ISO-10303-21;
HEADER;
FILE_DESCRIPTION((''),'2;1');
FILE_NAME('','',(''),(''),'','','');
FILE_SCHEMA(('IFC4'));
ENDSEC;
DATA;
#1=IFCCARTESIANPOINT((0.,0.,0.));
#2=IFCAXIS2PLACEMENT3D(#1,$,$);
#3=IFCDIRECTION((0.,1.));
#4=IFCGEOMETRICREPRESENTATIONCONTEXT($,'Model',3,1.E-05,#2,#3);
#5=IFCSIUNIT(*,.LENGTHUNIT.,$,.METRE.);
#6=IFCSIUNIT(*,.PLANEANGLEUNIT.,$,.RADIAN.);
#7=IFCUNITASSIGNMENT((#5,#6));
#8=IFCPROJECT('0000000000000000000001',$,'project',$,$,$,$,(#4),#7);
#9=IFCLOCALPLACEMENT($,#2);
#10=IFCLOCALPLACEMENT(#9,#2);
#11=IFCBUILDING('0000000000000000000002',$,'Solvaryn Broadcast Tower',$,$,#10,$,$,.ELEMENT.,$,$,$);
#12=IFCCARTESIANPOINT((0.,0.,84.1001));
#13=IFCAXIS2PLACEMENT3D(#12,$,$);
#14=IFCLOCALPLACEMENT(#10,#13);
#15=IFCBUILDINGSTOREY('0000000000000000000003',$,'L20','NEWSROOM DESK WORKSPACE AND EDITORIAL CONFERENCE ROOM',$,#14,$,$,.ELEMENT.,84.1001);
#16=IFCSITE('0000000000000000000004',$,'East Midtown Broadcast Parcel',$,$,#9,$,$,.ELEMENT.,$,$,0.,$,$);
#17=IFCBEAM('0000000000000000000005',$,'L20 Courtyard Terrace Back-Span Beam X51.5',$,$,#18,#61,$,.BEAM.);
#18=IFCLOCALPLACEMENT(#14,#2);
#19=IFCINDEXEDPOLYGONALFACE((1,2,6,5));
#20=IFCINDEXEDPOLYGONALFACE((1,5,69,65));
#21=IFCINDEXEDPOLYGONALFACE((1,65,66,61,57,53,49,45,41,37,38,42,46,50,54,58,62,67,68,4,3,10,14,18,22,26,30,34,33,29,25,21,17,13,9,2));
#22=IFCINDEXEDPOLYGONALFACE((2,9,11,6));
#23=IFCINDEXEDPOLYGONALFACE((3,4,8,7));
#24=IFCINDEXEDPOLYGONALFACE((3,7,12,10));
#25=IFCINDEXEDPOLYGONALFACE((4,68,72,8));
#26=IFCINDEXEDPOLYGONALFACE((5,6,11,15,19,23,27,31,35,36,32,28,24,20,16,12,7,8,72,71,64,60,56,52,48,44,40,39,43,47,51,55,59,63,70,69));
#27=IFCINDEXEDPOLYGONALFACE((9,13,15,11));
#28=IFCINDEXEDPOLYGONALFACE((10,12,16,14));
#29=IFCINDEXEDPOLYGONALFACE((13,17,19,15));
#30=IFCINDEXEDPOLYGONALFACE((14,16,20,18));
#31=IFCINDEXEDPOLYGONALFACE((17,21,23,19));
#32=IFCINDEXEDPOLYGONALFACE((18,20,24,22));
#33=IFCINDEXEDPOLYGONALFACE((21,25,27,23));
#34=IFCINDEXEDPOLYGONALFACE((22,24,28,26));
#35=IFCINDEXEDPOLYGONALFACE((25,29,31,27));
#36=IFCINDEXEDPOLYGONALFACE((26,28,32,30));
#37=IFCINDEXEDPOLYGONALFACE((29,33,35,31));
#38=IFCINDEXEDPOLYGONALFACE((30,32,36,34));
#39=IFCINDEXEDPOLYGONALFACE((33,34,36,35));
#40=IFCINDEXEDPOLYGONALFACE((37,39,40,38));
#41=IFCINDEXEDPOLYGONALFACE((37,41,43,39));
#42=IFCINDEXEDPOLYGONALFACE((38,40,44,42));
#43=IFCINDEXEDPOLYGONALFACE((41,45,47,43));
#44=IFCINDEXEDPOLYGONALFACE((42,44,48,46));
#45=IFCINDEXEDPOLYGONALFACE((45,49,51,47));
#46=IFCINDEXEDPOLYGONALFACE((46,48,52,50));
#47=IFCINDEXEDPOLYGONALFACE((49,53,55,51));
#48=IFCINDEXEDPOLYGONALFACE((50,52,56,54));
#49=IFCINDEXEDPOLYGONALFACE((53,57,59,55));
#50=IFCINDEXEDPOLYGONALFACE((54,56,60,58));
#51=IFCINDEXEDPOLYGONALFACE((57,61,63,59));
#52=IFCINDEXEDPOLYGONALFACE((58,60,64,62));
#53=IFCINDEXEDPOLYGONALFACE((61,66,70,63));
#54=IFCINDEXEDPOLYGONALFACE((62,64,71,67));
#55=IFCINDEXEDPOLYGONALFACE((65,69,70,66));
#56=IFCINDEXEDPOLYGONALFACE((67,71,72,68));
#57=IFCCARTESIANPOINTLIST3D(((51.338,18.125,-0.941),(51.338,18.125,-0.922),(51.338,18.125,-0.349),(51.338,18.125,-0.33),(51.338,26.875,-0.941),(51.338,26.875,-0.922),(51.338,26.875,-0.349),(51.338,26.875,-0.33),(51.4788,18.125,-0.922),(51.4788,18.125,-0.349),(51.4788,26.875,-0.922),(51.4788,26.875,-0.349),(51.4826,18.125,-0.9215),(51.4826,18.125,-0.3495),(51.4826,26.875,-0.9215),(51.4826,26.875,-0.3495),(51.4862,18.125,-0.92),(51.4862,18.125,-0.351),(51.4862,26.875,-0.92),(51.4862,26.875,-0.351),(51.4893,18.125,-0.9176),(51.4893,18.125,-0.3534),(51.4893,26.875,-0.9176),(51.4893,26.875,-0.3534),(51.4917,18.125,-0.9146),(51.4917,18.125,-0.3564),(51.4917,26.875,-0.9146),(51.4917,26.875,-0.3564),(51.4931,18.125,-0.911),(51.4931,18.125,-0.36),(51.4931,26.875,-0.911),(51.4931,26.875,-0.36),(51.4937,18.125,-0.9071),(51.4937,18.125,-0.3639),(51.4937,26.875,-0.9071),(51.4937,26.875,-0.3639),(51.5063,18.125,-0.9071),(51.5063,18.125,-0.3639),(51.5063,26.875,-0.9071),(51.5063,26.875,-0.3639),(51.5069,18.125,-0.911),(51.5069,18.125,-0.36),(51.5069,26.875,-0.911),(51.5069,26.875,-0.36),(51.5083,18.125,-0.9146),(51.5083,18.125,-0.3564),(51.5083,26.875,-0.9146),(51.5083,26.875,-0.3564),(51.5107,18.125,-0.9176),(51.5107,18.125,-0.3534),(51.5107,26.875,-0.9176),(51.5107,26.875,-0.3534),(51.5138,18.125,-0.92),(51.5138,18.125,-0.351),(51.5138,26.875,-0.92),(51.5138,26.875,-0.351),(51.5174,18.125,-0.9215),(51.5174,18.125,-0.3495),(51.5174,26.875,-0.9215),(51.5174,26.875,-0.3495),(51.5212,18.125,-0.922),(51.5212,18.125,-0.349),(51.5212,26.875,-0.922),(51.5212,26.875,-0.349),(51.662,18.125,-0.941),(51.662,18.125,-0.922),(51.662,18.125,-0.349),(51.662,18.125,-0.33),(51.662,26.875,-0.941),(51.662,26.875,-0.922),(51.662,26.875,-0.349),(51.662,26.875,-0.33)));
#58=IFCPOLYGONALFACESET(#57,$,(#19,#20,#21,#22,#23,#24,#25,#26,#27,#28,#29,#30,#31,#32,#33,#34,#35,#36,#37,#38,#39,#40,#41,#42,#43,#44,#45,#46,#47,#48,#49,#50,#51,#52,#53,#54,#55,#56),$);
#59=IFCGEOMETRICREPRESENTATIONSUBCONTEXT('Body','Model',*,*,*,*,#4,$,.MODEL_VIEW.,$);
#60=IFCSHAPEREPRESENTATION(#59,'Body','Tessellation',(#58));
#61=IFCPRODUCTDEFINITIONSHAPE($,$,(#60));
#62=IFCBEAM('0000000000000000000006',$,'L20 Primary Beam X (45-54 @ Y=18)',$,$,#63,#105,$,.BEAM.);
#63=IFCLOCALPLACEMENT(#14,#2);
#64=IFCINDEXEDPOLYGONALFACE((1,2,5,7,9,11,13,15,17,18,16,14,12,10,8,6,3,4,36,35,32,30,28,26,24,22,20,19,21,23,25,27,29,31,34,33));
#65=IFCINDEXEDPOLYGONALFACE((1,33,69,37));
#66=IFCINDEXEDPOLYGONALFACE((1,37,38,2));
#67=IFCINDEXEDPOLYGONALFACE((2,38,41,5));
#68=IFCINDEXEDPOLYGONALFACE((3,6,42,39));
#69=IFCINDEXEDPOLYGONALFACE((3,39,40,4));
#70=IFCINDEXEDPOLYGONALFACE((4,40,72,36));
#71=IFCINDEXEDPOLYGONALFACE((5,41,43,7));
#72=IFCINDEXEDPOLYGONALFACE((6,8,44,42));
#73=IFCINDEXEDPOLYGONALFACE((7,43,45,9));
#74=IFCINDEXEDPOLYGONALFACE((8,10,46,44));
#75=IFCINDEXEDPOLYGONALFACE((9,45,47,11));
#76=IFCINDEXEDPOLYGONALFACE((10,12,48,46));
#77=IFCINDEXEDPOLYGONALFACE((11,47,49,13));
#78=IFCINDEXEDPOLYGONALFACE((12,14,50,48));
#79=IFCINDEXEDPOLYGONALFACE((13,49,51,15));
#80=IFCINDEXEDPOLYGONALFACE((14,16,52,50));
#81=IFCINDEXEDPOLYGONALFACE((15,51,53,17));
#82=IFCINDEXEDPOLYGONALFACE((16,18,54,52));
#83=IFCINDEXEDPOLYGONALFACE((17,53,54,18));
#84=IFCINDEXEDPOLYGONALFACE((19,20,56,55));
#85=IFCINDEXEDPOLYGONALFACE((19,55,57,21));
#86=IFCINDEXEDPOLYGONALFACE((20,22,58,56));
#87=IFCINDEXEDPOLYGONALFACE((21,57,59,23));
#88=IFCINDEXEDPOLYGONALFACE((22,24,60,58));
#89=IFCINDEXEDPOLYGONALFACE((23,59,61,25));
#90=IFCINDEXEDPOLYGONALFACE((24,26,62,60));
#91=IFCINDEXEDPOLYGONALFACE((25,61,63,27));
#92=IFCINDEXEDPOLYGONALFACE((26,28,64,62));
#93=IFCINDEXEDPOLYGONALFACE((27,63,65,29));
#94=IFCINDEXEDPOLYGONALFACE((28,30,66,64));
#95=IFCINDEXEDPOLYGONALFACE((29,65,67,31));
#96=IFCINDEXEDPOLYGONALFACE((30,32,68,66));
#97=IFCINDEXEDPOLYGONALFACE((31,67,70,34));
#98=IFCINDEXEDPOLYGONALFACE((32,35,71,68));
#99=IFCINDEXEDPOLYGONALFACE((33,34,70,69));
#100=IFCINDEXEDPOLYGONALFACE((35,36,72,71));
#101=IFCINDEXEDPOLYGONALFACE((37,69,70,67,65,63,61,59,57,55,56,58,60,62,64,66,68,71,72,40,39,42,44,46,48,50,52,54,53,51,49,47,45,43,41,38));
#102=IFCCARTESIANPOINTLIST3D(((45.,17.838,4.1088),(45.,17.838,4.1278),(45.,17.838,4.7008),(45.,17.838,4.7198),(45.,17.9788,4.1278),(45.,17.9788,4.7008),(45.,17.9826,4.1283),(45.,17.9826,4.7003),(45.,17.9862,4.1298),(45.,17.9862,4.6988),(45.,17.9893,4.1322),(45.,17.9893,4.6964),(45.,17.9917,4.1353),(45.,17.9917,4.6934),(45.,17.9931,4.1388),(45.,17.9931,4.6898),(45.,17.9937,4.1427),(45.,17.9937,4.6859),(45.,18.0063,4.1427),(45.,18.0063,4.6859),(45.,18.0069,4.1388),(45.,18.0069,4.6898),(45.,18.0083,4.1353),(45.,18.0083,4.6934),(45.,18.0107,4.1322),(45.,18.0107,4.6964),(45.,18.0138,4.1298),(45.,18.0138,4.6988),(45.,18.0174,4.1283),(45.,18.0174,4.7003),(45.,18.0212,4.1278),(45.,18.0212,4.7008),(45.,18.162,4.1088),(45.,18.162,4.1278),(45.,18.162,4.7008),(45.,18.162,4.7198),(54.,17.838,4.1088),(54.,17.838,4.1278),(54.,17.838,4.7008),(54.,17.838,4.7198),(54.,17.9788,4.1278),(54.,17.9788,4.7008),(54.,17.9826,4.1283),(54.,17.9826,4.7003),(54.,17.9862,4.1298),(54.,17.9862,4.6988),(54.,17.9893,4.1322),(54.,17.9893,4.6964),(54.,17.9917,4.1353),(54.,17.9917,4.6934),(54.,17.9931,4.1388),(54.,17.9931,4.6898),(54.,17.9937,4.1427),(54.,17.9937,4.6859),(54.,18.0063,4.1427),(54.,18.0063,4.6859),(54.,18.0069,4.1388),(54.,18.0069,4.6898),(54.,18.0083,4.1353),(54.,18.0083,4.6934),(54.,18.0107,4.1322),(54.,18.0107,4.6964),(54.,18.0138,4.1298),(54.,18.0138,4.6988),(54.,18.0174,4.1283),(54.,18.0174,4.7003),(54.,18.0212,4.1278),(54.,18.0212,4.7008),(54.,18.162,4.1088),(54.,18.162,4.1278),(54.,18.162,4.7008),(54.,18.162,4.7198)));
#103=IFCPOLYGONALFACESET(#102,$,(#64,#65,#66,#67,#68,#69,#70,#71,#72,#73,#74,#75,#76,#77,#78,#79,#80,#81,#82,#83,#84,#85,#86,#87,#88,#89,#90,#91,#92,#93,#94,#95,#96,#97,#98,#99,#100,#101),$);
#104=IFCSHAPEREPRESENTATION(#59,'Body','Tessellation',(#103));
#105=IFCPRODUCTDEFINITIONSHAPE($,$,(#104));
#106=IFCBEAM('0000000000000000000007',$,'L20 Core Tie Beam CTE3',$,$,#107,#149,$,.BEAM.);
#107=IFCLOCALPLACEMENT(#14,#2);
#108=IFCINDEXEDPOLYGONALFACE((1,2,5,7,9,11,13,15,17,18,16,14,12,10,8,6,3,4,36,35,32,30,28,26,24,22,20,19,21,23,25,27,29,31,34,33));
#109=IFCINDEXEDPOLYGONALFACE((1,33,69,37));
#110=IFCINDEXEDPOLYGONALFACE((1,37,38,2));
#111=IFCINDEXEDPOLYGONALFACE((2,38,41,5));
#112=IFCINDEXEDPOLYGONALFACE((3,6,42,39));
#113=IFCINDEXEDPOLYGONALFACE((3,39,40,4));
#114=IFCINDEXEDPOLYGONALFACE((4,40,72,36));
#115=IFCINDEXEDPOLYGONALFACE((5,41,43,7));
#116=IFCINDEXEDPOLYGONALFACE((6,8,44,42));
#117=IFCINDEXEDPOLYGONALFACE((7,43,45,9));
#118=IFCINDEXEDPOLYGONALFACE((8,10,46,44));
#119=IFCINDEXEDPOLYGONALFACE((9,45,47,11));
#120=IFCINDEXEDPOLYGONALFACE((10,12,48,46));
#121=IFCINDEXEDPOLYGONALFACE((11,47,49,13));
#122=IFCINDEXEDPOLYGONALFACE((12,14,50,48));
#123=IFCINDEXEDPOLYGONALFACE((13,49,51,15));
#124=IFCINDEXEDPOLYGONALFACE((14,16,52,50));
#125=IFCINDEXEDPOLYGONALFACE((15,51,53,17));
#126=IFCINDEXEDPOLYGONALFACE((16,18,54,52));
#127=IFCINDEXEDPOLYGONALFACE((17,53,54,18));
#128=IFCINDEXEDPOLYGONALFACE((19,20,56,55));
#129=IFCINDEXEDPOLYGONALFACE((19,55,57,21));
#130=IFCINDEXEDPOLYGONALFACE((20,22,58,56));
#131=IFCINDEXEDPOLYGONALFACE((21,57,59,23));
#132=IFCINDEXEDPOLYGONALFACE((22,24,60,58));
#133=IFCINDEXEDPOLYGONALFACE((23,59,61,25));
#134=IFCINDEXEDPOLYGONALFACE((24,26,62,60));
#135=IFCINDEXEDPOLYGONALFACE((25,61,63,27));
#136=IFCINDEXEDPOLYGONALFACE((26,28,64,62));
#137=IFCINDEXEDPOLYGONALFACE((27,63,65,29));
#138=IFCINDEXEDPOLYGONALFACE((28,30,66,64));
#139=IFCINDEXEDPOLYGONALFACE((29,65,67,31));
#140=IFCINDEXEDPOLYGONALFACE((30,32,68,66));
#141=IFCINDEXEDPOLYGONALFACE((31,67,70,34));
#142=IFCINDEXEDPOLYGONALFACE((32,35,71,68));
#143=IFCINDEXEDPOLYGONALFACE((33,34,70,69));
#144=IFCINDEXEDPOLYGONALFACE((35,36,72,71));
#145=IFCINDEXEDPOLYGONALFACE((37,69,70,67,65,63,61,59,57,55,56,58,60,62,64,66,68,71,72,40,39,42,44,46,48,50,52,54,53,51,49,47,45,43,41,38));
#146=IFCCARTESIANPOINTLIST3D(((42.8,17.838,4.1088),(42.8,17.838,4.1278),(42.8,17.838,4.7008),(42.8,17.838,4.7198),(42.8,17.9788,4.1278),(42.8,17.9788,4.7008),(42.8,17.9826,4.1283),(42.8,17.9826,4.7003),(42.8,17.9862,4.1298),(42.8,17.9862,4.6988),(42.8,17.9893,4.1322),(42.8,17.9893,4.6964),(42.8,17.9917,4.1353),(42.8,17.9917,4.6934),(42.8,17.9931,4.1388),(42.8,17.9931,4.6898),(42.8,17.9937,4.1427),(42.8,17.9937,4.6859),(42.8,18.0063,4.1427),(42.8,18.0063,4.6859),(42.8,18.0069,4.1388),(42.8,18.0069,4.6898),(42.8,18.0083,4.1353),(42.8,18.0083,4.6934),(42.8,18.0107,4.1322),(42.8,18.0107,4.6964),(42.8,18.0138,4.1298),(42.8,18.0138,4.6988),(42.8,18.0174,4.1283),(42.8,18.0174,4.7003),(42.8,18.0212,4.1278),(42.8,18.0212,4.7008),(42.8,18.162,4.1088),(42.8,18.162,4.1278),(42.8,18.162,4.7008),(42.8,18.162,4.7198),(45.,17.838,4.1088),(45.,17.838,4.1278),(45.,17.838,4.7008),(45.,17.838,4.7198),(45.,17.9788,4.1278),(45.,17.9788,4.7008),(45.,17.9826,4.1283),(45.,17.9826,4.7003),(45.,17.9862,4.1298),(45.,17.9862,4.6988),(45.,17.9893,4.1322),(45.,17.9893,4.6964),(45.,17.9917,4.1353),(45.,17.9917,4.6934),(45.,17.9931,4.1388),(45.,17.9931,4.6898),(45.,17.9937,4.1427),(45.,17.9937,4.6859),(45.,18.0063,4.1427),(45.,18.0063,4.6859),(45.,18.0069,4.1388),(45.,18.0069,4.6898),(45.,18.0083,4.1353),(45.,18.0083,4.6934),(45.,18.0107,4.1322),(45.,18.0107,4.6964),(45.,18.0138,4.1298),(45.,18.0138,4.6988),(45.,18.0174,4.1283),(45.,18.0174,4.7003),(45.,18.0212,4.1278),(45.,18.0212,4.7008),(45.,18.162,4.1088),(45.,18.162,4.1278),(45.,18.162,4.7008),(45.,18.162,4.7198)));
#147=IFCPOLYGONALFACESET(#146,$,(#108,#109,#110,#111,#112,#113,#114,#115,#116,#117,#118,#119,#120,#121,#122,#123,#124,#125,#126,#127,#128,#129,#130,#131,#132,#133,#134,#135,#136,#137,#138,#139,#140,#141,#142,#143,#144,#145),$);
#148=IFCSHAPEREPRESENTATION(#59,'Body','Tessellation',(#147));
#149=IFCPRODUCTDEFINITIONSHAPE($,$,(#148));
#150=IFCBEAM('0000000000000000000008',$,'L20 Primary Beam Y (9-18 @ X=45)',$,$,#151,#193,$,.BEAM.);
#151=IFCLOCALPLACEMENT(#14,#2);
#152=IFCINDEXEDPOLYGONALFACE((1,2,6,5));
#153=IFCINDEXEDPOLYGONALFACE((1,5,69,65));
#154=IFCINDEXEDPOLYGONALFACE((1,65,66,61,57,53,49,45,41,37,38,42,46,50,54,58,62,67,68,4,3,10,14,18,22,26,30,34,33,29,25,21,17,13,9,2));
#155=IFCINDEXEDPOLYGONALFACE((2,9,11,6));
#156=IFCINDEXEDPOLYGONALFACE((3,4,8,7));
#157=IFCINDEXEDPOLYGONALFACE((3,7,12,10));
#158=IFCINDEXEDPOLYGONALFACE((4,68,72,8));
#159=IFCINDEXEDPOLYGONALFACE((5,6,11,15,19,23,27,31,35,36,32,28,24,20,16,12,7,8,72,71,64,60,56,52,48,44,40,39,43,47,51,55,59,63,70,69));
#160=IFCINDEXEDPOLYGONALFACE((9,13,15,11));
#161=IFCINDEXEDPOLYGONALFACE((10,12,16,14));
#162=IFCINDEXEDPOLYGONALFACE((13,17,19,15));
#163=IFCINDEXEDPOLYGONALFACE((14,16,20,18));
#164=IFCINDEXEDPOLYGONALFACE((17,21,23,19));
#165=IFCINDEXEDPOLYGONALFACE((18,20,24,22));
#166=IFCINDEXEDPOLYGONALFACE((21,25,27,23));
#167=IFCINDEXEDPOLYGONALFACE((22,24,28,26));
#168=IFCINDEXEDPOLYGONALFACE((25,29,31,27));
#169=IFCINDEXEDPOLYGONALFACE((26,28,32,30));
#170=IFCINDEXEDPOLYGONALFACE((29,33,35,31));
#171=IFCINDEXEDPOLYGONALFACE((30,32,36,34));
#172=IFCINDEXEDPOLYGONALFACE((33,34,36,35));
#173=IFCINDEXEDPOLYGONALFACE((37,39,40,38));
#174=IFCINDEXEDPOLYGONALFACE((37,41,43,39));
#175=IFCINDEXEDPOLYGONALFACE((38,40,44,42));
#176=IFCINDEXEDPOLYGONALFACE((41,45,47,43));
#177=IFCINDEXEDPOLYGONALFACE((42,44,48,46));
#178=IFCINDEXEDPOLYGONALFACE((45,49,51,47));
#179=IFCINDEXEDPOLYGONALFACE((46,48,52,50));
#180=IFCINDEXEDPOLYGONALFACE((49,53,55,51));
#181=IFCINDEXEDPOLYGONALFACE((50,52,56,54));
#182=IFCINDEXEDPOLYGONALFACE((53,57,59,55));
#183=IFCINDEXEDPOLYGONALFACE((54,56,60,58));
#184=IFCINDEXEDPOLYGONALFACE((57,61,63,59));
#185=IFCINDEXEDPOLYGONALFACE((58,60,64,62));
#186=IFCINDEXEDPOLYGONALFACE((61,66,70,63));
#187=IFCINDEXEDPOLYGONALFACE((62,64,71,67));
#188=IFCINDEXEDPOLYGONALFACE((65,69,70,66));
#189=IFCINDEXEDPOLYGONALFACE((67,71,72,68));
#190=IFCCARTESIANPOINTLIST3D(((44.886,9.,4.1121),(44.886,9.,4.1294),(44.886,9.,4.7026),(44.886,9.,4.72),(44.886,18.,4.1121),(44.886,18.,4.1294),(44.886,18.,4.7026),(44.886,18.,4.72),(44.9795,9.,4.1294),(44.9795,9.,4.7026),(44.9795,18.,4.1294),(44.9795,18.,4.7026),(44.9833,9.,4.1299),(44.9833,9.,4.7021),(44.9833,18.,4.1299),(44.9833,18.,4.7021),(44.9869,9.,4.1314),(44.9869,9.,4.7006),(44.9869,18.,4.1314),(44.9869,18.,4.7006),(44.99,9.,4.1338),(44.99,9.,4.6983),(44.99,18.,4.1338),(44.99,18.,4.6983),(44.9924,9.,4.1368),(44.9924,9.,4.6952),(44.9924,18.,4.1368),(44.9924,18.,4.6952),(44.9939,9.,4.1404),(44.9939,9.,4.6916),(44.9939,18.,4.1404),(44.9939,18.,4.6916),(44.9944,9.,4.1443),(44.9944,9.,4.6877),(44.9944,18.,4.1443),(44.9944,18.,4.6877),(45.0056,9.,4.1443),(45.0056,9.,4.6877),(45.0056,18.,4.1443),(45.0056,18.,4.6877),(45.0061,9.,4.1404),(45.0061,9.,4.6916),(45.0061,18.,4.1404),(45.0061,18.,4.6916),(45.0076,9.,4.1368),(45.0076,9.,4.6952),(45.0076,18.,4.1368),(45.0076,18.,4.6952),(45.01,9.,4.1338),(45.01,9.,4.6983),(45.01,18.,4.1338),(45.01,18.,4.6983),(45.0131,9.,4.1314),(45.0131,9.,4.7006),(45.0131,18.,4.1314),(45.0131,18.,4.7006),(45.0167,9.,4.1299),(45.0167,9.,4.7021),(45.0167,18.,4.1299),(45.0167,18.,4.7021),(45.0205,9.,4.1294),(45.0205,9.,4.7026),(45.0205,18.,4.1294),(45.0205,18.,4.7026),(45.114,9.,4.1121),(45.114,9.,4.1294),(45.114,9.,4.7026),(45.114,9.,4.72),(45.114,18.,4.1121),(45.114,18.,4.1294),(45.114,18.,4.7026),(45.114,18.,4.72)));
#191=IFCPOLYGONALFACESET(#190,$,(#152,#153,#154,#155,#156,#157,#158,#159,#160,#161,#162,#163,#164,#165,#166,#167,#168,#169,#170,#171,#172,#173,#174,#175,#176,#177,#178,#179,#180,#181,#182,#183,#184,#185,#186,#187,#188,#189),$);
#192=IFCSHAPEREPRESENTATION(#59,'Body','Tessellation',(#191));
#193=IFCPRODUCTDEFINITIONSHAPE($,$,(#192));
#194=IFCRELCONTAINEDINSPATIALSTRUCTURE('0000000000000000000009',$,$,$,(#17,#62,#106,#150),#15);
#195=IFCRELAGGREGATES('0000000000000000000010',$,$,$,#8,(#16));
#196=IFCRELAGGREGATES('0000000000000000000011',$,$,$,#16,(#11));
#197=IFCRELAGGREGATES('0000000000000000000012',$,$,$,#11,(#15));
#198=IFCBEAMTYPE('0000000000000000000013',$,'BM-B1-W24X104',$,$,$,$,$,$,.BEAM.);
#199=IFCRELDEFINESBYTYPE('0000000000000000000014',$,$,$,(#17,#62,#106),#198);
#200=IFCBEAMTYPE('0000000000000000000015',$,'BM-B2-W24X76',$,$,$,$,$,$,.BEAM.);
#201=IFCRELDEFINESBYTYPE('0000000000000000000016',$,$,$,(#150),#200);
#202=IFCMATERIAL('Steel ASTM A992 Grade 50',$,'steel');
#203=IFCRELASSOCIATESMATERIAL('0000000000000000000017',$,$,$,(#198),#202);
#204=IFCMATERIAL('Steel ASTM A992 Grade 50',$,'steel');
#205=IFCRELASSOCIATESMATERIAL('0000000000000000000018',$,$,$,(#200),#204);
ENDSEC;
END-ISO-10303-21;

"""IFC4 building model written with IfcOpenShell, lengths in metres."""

from ifc_helpers import new_model, si_unit, direction, frame, origin, origin_2d, place, context, subcontext, project, spatial, i_section, extrude, material, material_profile, profile_set, type_object, element, save


model = new_model("IFC4")

# Units and contexts
model_context = context("Model", 3, precision=1e-05, world=origin(), true_north=direction((0.0, 1.0)))
body_context = subcontext(model_context, "Body", "Model", "MODEL_VIEW")
ifc_project = project(units=[si_unit("LENGTHUNIT", "METRE"), si_unit("PLANEANGLEUNIT", "RADIAN")], contexts=[model_context])

# Site, building, storey
site_placement = place(None, origin())
site = spatial("IfcSite", under=ifc_project, at=site_placement, Name="East Midtown Broadcast Parcel", CompositionType="ELEMENT", RefElevation=0.0)
building_placement = place(site_placement, origin())
building = spatial("IfcBuilding", under=site, at=building_placement, Name="Solvaryn Broadcast Tower", CompositionType="ELEMENT")
storey_placement = place(building_placement, frame((0.0, 0.0, 84.1001)))
storey = spatial("IfcBuildingStorey", under=building, at=storey_placement, Name="L20", Description="NEWSROOM DESK WORKSPACE AND EDITORIAL CONFERENCE ROOM", CompositionType="ELEMENT", Elevation=84.1001)

# Beams
ifc_material_1 = material(Name="Steel ASTM A992 Grade 50", Category="steel")
ifc_material_profile_1 = material_profile(ifc_material_1, i_section(OverallWidth=0.324, OverallDepth=0.6111, WebThickness=0.0127, FlangeThickness=0.019, FilletRadius=0.0149, at=origin_2d()))
ifc_profile_set_1 = profile_set([ifc_material_profile_1], Name="Steel ASTM A992 Grade 50")
beam_type_1 = type_object("IfcBeamType", Name="BM-B1-W24X104", PredefinedType="BEAM", material=ifc_profile_set_1)
for number, where, z_axis, x_axis, name in (
    (1, (51.5, 18.125, -0.6355), (0.0, 1.0, 0.0), (-1.0, 0.0, 0.0), "L20 Courtyard Terrace Back-Span Beam X51.5"),
):
    element("IfcBeam", number, at=place(storey_placement, frame(where, z_axis=z_axis, x_axis=x_axis)), inside=storey, type_object=beam_type_1, Name=name, PredefinedType="BEAM", context=body_context, shape_type="SweptSolid", body=[
        extrude(i_section(OverallWidth=0.324, OverallDepth=0.6111, WebThickness=0.0127, FlangeThickness=0.019, FilletRadius=0.0149, at=origin_2d()), origin(), (0.0, 0.0, 1.0), 8.75),
    ])
beam_1_placement = place(storey_placement, frame((45.0, 18.0, 4.4143), z_axis=(1.0, 0.0, 0.0), x_axis=(0.0, 1.0, 0.0)))
element("IfcBeam", 2, at=beam_1_placement, inside=storey, type_object=beam_type_1, Name="L20 Primary Beam X (45-54 @ Y=18)", PredefinedType="BEAM", context=body_context, shape_type="SweptSolid", body=[
    extrude(i_section(OverallWidth=0.324, OverallDepth=0.6111, WebThickness=0.0127, FlangeThickness=0.019, FilletRadius=0.0149, at=origin_2d()), origin(), (0.0, 0.0, 1.0), 9.0),
])
beam_2_placement = place(storey_placement, frame((42.8, 18.0, 4.4143), z_axis=(1.0, 0.0, 0.0), x_axis=(0.0, 1.0, 0.0)))
element("IfcBeam", 3, at=beam_2_placement, inside=storey, type_object=beam_type_1, Name="L20 Core Tie Beam CTE3", PredefinedType="BEAM", context=body_context, shape_type="SweptSolid", body=[
    extrude(i_section(OverallWidth=0.324, OverallDepth=0.6111, WebThickness=0.0127, FlangeThickness=0.019, FilletRadius=0.0149, at=origin_2d()), origin(), (0.0, 0.0, 1.0), 2.2),
])
ifc_material_2 = material(Name="Steel ASTM A992 Grade 50", Category="steel")
ifc_material_profile_2 = material_profile(ifc_material_2, i_section(OverallWidth=0.228, OverallDepth=0.6079, WebThickness=0.0112, FlangeThickness=0.0173, FilletRadius=0.0149, at=origin_2d()))
ifc_profile_set_2 = profile_set([ifc_material_profile_2], Name="Steel ASTM A992 Grade 50")
beam_type_2 = type_object("IfcBeamType", Name="BM-B2-W24X76", PredefinedType="BEAM", material=ifc_profile_set_2)
for number, where, z_axis, x_axis, name in (
    (4, (45.0, 9.0, 4.416), (0.0, 1.0, 0.0), (-1.0, 0.0, 0.0), "L20 Primary Beam Y (9-18 @ X=45)"),
):
    element("IfcBeam", number, at=place(storey_placement, frame(where, z_axis=z_axis, x_axis=x_axis)), inside=storey, type_object=beam_type_2, Name=name, PredefinedType="BEAM", context=body_context, shape_type="SweptSolid", body=[
        extrude(i_section(OverallWidth=0.228, OverallDepth=0.6079, WebThickness=0.0112, FlangeThickness=0.0173, FilletRadius=0.0149, at=origin_2d()), origin(), (0.0, 0.0, 1.0), 9.0),
    ])

save(model, "model.ifc")
